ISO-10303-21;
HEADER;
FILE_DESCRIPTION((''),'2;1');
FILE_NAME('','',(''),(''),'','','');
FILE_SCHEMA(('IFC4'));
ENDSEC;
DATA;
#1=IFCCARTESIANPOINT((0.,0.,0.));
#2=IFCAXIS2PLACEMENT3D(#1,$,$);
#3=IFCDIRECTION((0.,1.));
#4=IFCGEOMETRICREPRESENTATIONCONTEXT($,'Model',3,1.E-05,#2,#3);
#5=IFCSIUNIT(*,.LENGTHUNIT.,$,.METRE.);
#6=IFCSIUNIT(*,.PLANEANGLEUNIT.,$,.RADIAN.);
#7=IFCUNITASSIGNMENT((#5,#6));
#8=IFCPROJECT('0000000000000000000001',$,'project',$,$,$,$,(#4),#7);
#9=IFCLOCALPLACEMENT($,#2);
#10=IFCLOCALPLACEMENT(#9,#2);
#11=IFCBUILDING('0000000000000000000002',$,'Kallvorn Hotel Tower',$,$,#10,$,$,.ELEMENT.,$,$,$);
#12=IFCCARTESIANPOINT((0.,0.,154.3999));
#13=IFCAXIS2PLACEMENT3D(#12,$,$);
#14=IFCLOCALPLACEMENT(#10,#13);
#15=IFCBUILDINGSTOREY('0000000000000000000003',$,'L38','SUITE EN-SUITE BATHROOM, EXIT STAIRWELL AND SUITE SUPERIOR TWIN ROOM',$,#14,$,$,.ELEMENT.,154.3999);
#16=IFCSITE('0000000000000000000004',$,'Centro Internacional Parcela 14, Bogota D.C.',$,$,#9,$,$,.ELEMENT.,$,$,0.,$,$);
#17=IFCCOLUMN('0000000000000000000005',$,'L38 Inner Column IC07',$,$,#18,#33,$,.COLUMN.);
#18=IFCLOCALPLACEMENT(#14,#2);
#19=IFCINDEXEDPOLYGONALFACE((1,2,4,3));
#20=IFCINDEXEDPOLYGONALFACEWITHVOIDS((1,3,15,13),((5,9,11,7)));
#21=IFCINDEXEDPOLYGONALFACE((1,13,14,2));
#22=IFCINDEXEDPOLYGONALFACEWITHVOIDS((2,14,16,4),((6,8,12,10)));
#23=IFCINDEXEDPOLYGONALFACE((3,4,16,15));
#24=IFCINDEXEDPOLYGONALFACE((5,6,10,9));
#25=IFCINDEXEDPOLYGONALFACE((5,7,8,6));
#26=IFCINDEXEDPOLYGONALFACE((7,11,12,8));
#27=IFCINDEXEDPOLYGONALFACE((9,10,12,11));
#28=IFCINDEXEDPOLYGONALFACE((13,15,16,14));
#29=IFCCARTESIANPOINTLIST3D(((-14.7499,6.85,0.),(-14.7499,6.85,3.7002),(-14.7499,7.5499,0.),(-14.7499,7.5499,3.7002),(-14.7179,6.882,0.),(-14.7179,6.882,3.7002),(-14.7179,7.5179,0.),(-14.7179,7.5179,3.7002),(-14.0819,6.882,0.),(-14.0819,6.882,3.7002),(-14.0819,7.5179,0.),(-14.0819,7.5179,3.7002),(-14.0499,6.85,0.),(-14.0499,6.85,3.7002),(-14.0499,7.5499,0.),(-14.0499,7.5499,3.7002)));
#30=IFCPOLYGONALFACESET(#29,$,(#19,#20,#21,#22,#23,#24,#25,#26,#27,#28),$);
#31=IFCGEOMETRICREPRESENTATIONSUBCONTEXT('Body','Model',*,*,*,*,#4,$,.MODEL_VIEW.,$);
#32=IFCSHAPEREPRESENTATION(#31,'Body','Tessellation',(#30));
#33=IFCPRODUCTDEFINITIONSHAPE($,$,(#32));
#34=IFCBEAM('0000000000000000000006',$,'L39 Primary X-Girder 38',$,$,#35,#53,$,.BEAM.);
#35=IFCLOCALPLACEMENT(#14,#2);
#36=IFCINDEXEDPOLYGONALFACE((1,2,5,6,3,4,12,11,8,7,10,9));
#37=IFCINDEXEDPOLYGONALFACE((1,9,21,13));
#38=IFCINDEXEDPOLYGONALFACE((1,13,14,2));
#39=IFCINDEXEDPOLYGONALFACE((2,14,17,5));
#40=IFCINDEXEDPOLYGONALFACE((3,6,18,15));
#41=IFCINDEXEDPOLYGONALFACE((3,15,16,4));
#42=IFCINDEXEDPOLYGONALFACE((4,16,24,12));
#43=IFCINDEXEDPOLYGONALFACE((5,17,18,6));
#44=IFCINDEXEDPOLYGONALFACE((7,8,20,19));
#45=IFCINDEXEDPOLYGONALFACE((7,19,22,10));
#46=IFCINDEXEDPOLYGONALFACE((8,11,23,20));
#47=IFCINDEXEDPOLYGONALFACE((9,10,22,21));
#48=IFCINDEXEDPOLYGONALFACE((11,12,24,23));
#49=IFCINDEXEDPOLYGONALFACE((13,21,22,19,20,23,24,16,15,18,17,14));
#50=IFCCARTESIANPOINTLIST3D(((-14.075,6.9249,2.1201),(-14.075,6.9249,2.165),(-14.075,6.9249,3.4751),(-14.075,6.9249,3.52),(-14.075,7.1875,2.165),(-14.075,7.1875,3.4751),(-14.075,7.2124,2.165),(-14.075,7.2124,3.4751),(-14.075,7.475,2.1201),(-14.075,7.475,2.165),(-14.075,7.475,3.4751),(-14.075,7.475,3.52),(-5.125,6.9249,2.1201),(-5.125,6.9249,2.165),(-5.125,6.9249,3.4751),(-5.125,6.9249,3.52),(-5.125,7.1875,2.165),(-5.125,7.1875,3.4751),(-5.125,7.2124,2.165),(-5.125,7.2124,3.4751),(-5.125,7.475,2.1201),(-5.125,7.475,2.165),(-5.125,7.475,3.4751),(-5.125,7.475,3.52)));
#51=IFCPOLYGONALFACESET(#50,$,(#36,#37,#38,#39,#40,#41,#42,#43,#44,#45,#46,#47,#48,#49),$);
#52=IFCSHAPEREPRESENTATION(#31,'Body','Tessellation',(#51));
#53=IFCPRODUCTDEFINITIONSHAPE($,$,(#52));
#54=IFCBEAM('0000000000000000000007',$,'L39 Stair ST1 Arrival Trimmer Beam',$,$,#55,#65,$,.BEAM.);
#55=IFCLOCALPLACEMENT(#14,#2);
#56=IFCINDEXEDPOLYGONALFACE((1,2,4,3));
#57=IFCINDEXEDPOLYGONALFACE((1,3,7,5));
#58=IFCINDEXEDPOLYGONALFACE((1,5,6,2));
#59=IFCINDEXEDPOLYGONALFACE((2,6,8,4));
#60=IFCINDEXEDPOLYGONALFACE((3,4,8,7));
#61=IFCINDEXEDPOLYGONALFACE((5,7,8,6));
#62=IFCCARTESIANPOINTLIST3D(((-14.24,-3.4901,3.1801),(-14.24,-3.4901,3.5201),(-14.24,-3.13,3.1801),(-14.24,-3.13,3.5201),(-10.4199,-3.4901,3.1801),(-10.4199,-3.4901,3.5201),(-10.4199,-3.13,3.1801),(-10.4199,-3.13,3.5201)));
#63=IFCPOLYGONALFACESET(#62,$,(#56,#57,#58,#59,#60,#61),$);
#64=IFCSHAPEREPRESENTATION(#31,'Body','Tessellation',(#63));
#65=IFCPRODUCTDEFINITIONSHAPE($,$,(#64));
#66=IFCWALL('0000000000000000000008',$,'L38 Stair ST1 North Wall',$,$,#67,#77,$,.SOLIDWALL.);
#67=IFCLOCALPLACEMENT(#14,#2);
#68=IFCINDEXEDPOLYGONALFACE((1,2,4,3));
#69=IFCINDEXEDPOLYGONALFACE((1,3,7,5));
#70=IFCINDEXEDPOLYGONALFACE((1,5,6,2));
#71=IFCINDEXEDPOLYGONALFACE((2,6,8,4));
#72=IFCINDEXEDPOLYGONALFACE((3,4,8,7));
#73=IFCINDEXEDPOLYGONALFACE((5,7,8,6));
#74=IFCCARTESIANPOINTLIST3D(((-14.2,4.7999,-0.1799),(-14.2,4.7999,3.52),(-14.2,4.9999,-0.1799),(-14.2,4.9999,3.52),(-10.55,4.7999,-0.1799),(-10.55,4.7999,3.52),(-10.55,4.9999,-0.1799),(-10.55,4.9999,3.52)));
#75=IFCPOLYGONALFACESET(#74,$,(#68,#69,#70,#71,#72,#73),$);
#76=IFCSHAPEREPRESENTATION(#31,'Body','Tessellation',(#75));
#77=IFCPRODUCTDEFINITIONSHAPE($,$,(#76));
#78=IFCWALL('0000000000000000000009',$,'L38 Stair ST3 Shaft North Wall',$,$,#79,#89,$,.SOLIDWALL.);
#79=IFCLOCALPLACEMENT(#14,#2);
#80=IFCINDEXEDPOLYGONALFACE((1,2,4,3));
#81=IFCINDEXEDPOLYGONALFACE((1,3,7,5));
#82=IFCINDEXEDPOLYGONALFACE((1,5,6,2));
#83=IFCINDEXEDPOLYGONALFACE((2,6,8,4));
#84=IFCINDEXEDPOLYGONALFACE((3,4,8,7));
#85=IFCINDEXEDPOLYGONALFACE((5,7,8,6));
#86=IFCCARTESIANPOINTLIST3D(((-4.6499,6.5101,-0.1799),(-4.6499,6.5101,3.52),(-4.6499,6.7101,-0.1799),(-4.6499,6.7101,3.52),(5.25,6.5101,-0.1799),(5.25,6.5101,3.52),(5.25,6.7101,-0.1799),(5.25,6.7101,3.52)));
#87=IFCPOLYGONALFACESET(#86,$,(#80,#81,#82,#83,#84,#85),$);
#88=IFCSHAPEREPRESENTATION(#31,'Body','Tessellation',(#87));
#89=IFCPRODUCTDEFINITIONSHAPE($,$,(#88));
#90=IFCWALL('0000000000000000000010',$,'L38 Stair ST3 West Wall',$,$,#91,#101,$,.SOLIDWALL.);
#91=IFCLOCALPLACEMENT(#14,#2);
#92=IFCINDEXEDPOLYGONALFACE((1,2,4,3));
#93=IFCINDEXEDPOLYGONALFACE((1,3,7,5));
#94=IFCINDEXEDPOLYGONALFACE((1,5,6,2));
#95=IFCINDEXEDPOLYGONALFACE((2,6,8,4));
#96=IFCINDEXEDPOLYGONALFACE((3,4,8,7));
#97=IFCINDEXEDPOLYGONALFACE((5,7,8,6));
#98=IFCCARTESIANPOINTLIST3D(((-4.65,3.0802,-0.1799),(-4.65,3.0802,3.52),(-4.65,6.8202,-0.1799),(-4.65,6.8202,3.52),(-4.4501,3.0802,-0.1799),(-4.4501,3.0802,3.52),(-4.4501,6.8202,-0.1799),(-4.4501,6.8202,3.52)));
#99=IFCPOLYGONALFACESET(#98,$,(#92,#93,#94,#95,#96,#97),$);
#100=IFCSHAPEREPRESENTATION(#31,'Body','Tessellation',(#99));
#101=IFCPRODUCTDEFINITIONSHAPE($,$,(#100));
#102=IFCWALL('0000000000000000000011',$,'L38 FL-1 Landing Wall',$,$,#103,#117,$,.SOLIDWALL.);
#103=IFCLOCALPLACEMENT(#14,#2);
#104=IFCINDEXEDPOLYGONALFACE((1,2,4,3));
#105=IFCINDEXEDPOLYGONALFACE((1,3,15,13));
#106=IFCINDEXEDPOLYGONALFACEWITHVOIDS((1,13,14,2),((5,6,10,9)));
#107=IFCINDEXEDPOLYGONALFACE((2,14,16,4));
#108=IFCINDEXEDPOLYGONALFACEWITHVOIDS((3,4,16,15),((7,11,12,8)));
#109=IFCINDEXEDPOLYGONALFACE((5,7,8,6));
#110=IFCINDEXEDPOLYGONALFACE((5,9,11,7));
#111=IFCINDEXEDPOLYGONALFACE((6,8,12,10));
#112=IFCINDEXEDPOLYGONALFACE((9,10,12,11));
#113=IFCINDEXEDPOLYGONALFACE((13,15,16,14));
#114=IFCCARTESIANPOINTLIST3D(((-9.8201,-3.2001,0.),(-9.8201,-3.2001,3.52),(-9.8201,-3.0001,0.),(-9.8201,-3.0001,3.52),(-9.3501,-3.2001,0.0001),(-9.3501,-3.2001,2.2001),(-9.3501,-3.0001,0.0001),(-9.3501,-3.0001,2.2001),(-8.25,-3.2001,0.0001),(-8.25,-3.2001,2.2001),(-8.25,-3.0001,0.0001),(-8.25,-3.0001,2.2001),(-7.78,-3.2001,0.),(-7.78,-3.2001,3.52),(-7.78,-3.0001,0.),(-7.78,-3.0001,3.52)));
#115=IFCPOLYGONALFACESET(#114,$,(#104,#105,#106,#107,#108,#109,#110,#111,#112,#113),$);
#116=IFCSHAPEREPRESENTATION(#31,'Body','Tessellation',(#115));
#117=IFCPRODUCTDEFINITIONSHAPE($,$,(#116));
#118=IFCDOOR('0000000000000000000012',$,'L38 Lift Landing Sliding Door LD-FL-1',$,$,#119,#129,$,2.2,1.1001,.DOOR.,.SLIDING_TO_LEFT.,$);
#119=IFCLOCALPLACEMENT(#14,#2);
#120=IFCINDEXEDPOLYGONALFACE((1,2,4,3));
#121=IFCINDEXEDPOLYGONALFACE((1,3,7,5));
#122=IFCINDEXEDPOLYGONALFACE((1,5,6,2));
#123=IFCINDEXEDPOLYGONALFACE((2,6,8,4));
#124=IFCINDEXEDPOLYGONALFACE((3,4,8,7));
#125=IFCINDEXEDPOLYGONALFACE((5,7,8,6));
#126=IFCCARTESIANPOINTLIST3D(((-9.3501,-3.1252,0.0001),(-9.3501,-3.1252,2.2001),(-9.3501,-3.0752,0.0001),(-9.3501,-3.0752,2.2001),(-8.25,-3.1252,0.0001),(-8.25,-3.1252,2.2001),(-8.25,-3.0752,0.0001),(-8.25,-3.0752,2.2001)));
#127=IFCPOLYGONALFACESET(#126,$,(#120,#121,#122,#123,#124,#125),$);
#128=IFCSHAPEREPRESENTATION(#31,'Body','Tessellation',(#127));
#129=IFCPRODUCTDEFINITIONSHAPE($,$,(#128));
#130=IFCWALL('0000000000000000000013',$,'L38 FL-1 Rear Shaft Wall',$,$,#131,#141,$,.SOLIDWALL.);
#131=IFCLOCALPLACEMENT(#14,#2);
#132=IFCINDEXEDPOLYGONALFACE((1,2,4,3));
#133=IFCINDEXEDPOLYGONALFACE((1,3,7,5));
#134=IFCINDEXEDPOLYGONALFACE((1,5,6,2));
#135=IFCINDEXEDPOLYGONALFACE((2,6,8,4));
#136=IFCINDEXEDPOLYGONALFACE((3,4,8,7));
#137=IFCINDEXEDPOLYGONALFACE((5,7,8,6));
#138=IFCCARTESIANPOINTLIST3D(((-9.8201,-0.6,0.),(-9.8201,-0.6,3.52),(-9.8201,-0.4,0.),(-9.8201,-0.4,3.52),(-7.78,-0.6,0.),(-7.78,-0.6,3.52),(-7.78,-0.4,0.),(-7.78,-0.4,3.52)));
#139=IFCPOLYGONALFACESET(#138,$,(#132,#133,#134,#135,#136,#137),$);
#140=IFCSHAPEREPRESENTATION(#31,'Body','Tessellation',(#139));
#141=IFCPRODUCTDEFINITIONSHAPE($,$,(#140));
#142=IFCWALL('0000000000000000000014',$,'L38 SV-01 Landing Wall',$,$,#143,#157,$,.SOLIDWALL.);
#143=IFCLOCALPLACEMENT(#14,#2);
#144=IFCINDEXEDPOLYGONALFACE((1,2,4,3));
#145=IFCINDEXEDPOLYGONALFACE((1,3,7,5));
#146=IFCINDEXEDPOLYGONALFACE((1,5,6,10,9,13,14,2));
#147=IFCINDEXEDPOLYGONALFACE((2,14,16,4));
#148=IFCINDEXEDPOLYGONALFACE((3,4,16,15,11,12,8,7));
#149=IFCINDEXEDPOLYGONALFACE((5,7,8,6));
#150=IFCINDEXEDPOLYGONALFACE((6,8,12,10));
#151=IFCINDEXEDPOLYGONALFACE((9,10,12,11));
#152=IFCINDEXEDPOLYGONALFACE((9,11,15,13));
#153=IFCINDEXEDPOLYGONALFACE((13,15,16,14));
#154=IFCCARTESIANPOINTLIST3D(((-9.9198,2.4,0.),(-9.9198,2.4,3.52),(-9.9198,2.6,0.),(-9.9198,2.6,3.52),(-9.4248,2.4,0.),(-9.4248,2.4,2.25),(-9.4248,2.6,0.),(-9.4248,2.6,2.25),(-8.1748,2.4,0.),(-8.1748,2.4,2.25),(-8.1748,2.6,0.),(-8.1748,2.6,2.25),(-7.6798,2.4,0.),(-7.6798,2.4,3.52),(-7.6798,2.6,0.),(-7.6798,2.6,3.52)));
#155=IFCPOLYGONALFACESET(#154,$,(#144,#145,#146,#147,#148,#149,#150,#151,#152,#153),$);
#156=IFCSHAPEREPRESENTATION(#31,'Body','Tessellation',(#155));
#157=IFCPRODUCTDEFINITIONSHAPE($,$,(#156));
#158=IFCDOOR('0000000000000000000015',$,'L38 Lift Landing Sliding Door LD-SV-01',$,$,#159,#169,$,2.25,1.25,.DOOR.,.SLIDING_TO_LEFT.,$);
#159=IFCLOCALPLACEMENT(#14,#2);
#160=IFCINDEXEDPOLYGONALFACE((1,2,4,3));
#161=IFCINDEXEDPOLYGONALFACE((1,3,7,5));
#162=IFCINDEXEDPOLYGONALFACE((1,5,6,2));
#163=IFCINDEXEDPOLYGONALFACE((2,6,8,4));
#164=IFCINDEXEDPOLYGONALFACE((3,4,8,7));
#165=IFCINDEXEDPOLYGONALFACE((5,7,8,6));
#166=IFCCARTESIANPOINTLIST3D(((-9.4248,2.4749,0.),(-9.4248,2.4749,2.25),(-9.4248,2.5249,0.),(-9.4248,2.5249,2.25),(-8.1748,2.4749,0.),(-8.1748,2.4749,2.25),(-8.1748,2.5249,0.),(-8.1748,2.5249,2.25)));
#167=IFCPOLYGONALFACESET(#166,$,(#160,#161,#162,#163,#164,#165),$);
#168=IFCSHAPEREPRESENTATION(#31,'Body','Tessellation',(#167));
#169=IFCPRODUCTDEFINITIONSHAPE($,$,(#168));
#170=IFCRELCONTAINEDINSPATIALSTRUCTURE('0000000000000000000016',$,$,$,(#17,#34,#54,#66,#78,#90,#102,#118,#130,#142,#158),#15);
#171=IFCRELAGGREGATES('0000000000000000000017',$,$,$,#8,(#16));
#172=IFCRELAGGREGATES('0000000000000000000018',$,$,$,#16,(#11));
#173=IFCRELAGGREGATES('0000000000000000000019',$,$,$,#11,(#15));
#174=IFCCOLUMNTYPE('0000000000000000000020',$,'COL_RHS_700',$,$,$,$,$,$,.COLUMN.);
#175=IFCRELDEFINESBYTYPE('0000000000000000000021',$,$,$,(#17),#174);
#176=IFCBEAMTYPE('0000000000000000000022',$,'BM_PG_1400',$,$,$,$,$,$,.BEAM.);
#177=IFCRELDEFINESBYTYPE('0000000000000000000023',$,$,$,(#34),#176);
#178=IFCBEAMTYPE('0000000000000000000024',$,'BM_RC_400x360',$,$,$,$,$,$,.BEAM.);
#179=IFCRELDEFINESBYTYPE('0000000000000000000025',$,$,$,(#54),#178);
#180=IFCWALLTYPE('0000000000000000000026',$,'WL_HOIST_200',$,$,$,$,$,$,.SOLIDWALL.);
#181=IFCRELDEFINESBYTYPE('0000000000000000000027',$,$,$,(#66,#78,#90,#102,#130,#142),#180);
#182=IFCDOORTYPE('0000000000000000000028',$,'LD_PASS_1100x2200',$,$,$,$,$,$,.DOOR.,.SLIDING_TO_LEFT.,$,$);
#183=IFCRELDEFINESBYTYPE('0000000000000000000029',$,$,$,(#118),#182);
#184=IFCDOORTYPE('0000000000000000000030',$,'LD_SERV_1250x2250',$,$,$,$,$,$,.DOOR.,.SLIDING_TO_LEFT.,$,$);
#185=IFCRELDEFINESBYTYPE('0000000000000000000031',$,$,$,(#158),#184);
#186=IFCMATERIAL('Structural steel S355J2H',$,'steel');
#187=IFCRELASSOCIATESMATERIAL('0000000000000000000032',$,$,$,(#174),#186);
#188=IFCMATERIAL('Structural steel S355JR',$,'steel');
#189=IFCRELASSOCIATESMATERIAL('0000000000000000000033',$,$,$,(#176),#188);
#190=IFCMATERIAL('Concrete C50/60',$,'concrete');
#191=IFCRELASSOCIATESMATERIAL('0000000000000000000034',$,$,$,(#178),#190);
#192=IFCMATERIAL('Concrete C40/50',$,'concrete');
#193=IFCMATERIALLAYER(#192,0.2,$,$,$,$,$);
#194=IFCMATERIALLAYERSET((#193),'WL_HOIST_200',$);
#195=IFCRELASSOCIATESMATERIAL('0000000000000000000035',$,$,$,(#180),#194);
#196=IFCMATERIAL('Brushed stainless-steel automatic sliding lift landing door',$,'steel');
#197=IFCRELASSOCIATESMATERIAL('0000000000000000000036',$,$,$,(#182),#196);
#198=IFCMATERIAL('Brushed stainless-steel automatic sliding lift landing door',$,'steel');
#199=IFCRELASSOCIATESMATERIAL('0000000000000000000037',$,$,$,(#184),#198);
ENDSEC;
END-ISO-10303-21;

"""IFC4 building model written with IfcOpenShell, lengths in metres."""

from ifc_helpers import new_model, si_unit, direction, frame, frame_2d, origin, origin_2d, place, context, subcontext, project, spatial, rectangle, hollow_rectangle, i_section, extrude, material, layer, layer_set, material_profile, profile_set, type_object, element, fill, save


model = new_model("IFC4")

# Units and contexts
model_context = context("Model", 3, precision=1e-05, world=origin(), true_north=direction((0.0, 1.0)))
body_context = subcontext(model_context, "Body", "Model", "MODEL_VIEW")
ifc_project = project(units=[si_unit("LENGTHUNIT", "METRE"), si_unit("PLANEANGLEUNIT", "RADIAN")], contexts=[model_context])

# Site, building, storey
site_placement = place(None, origin())
site = spatial("IfcSite", under=ifc_project, at=site_placement, Name="Centro Internacional Parcela 14, Bogota D.C.", CompositionType="ELEMENT", RefElevation=0.0)
building_placement = place(site_placement, origin())
building = spatial("IfcBuilding", under=site, at=building_placement, Name="Kallvorn Hotel Tower", CompositionType="ELEMENT")
storey_placement = place(building_placement, frame((0.0, 0.0, 154.3999)))
storey = spatial("IfcBuildingStorey", under=building, at=storey_placement, Name="L38", Description="SUITE EN-SUITE BATHROOM, EXIT STAIRWELL AND SUITE SUPERIOR TWIN ROOM", CompositionType="ELEMENT", Elevation=154.3999)

# Column
ifc_material_1 = material(Name="Structural steel S355J2H", Category="steel")
ifc_material_profile_1 = material_profile(ifc_material_1, hollow_rectangle(XDim=0.7, YDim=0.7, WallThickness=0.032, at=origin_2d()), Name="RHS 700x700x32")
ifc_profile_set_1 = profile_set([ifc_material_profile_1], Name="Structural steel S355J2H")
column_type = type_object("IfcColumnType", Name="COL_RHS_700", PredefinedType="COLUMN", material=ifc_profile_set_1)
column_placement = place(storey_placement, frame((-14.3999, 7.2, 0.0), z_axis=(0.0, 0.0, 1.0), x_axis=(1.0, 0.0, 0.0)))
element("IfcColumn", 1, at=column_placement, inside=storey, type_object=column_type, Name="L38 Inner Column IC07", PredefinedType="COLUMN", context=body_context, shape_type="SweptSolid", body=[
    extrude(hollow_rectangle(XDim=0.7, YDim=0.7, WallThickness=0.032, at=origin_2d()), origin(), (0.0, 0.0, 1.0), 3.7002),
])

# Beams
ifc_material_2 = material(Name="Structural steel S355JR", Category="steel")
ifc_material_profile_2 = material_profile(ifc_material_2, i_section(OverallWidth=0.55, OverallDepth=1.3999, WebThickness=0.0249, FlangeThickness=0.0449, at=origin_2d()), Name="PG 1400x550x25x45")
ifc_profile_set_2 = profile_set([ifc_material_profile_2], Name="Structural steel S355JR")
beam_type_1 = type_object("IfcBeamType", Name="BM_PG_1400", PredefinedType="BEAM", material=ifc_profile_set_2)
beam_1_placement = place(storey_placement, frame((-14.075, 7.2, 2.8201), z_axis=(1.0, 0.0, 0.0), x_axis=(0.0, 1.0, 0.0)))
element("IfcBeam", 2, at=beam_1_placement, inside=storey, type_object=beam_type_1, Name="L39 Primary X-Girder 38", PredefinedType="BEAM", context=body_context, shape_type="SweptSolid", body=[
    extrude(i_section(OverallWidth=0.55, OverallDepth=1.3999, WebThickness=0.0249, FlangeThickness=0.0449, at=origin_2d()), origin(), (0.0, 0.0, 1.0), 8.95),
])
ifc_material_3 = material(Name="Concrete C50/60", Category="concrete")
ifc_material_profile_3 = material_profile(ifc_material_3, rectangle(XDim=0.3601, YDim=0.3401, at=origin_2d()), Name="RC 360x340")
ifc_profile_set_3 = profile_set([ifc_material_profile_3], Name="Concrete C50/60")
beam_type_2 = type_object("IfcBeamType", Name="BM_RC_400x360", PredefinedType="BEAM", material=ifc_profile_set_3)
beam_2_placement = place(storey_placement, frame((-10.4199, -3.3101, 3.3501), z_axis=(-1.0, 0.0, 0.0), x_axis=(0.0, -1.0, 0.0)))
element("IfcBeam", 3, at=beam_2_placement, inside=storey, type_object=beam_type_2, Name="L39 Stair ST1 Arrival Trimmer Beam", PredefinedType="BEAM", context=body_context, shape_type="SweptSolid", body=[
    extrude(rectangle(XDim=0.3601, YDim=0.3401, at=origin_2d()), origin(), (0.0, 0.0, 1.0), 3.8201),
])

# Walls
ifc_material_4 = material(Name="Concrete C40/50", Category="concrete")
ifc_layer_1 = layer(ifc_material_4, 0.2)
ifc_layer_set_1 = layer_set([ifc_layer_1], Name="WL_HOIST_200")
wall_type_1 = type_object("IfcWallType", Name="WL_HOIST_200", PredefinedType="SOLIDWALL", material=ifc_layer_set_1)
wall_1_placement = place(storey_placement, frame((-14.2, 4.8999, -0.1799), z_axis=(0.0, 0.0, 1.0), x_axis=(1.0, 0.0, 0.0)))
element("IfcWall", 4, at=wall_1_placement, inside=storey, type_object=wall_type_1, Name="L38 Stair ST1 North Wall", PredefinedType="SOLIDWALL", context=body_context, shape_type="SweptSolid", body=[
    extrude(rectangle(XDim=3.6499, YDim=0.2, at=frame_2d((1.825, 0.0))), origin(), (0.0, 0.0, 1.0), 3.7),
])
wall_2_placement = place(storey_placement, frame((-4.6499, 6.6101, -0.1799), z_axis=(0.0, 0.0, 1.0), x_axis=(1.0, 0.0, 0.0)))
element("IfcWall", 5, at=wall_2_placement, inside=storey, type_object=wall_type_1, Name="L38 Stair ST3 Shaft North Wall", PredefinedType="SOLIDWALL", context=body_context, shape_type="SweptSolid", body=[
    extrude(rectangle(XDim=9.8999, YDim=0.2, at=frame_2d((4.95, 0.0))), origin(), (0.0, 0.0, 1.0), 3.7),
])
wall_3_placement = place(storey_placement, frame((-4.55, 3.0801, -0.1799), z_axis=(0.0, 0.0, 1.0), x_axis=(0.0, 1.0, 0.0)))
element("IfcWall", 6, at=wall_3_placement, inside=storey, type_object=wall_type_1, Name="L38 Stair ST3 West Wall", PredefinedType="SOLIDWALL", context=body_context, shape_type="SweptSolid", body=[
    extrude(rectangle(XDim=3.74, YDim=0.2, at=frame_2d((1.8701, 0.0))), origin(), (0.0, 0.0, 1.0), 3.7),
])

# Wall, opening, door
wall_4_placement = place(storey_placement, frame((-9.8201, -3.1001, 0.0), z_axis=(0.0, 0.0, 1.0), x_axis=(1.0, 0.0, 0.0)))
wall_4 = element("IfcWall", 7, at=wall_4_placement, inside=storey, type_object=wall_type_1, Name="L38 FL-1 Landing Wall", PredefinedType="SOLIDWALL", context=body_context, shape_type="SweptSolid", body=[
    extrude(rectangle(XDim=2.04, YDim=0.2, at=frame_2d((1.02, 0.0))), origin(), (0.0, 0.0, 1.0), 3.52),
])
opening_1_placement = place(wall_4_placement, frame((0.47, 0.0, 0.0)))
opening_1 = element("IfcOpeningElement", 8, at=opening_1_placement, cuts=wall_4, PredefinedType="OPENING", context=body_context, shape_type="SweptSolid", body=[
    extrude(rectangle(XDim=1.1001, YDim=2.2, at=frame_2d((0.55, 1.1001))), frame((0.0, 0.115, 0.0), z_axis=(0.0, -1.0, 0.0), x_axis=(1.0, 0.0, 0.0)), (0.0, 0.0, 1.0), 0.23),
])
ifc_material_5 = material(Name="Brushed stainless-steel automatic sliding lift landing door", Category="steel")
door_type_1 = type_object("IfcDoorType", Name="LD_PASS_1100x2200", OperationType="SLIDING_TO_LEFT", PredefinedType="DOOR", material=ifc_material_5)
door_1_placement = place(opening_1_placement, origin())
door_1 = element("IfcDoor", 9, at=door_1_placement, inside=storey, type_object=door_type_1, Name="L38 Lift Landing Sliding Door LD-FL-1", OperationType="SLIDING_TO_LEFT", OverallHeight=2.2, OverallWidth=1.1001, PredefinedType="DOOR", context=body_context, shape_type="SweptSolid", body=[
    extrude(rectangle(XDim=1.1001, YDim=2.2, at=frame_2d((0.55, 1.1001))), frame((0.0, 0.0249, 0.0), z_axis=(0.0, -1.0, 0.0), x_axis=(1.0, 0.0, 0.0)), (0.0, 0.0, 1.0), 0.05),
])
fill(opening_1, door_1)

# Wall
wall_5_placement = place(storey_placement, frame((-9.8201, -0.5, 0.0), z_axis=(0.0, 0.0, 1.0), x_axis=(1.0, 0.0, 0.0)))
element("IfcWall", 10, at=wall_5_placement, inside=storey, type_object=wall_type_1, Name="L38 FL-1 Rear Shaft Wall", PredefinedType="SOLIDWALL", context=body_context, shape_type="SweptSolid", body=[
    extrude(rectangle(XDim=2.04, YDim=0.2, at=frame_2d((1.02, 0.0))), origin(), (0.0, 0.0, 1.0), 3.52),
])

# Wall, opening, door
wall_6_placement = place(storey_placement, frame((-9.9199, 2.5, 0.0), z_axis=(0.0, 0.0, 1.0), x_axis=(1.0, 0.0, 0.0)))
wall_6 = element("IfcWall", 11, at=wall_6_placement, inside=storey, type_object=wall_type_1, Name="L38 SV-01 Landing Wall", PredefinedType="SOLIDWALL", context=body_context, shape_type="SweptSolid", body=[
    extrude(rectangle(XDim=2.24, YDim=0.2, at=frame_2d((1.1201, 0.0))), origin(), (0.0, 0.0, 1.0), 3.52),
])
opening_2_placement = place(wall_6_placement, frame((0.4951, 0.0, 0.0)))
opening_2 = element("IfcOpeningElement", 12, at=opening_2_placement, cuts=wall_6, PredefinedType="OPENING", context=body_context, shape_type="SweptSolid", body=[
    extrude(rectangle(XDim=1.25, YDim=2.25, at=frame_2d((0.625, 1.125))), frame((0.0, 0.115, 0.0), z_axis=(0.0, -1.0, 0.0), x_axis=(1.0, 0.0, 0.0)), (0.0, 0.0, 1.0), 0.23),
])
ifc_material_6 = material(Name="Brushed stainless-steel automatic sliding lift landing door", Category="steel")
door_type_2 = type_object("IfcDoorType", Name="LD_SERV_1250x2250", OperationType="SLIDING_TO_LEFT", PredefinedType="DOOR", material=ifc_material_6)
door_2_placement = place(opening_2_placement, origin())
door_2 = element("IfcDoor", 13, at=door_2_placement, inside=storey, type_object=door_type_2, Name="L38 Lift Landing Sliding Door LD-SV-01", OperationType="SLIDING_TO_LEFT", OverallHeight=2.25, OverallWidth=1.25, PredefinedType="DOOR", context=body_context, shape_type="SweptSolid", body=[
    extrude(rectangle(XDim=1.25, YDim=2.25, at=frame_2d((0.625, 1.125))), frame((0.0, 0.0249, 0.0), z_axis=(0.0, -1.0, 0.0), x_axis=(1.0, 0.0, 0.0)), (0.0, 0.0, 1.0), 0.05),
])
fill(opening_2, door_2)

save(model, "model.ifc")
